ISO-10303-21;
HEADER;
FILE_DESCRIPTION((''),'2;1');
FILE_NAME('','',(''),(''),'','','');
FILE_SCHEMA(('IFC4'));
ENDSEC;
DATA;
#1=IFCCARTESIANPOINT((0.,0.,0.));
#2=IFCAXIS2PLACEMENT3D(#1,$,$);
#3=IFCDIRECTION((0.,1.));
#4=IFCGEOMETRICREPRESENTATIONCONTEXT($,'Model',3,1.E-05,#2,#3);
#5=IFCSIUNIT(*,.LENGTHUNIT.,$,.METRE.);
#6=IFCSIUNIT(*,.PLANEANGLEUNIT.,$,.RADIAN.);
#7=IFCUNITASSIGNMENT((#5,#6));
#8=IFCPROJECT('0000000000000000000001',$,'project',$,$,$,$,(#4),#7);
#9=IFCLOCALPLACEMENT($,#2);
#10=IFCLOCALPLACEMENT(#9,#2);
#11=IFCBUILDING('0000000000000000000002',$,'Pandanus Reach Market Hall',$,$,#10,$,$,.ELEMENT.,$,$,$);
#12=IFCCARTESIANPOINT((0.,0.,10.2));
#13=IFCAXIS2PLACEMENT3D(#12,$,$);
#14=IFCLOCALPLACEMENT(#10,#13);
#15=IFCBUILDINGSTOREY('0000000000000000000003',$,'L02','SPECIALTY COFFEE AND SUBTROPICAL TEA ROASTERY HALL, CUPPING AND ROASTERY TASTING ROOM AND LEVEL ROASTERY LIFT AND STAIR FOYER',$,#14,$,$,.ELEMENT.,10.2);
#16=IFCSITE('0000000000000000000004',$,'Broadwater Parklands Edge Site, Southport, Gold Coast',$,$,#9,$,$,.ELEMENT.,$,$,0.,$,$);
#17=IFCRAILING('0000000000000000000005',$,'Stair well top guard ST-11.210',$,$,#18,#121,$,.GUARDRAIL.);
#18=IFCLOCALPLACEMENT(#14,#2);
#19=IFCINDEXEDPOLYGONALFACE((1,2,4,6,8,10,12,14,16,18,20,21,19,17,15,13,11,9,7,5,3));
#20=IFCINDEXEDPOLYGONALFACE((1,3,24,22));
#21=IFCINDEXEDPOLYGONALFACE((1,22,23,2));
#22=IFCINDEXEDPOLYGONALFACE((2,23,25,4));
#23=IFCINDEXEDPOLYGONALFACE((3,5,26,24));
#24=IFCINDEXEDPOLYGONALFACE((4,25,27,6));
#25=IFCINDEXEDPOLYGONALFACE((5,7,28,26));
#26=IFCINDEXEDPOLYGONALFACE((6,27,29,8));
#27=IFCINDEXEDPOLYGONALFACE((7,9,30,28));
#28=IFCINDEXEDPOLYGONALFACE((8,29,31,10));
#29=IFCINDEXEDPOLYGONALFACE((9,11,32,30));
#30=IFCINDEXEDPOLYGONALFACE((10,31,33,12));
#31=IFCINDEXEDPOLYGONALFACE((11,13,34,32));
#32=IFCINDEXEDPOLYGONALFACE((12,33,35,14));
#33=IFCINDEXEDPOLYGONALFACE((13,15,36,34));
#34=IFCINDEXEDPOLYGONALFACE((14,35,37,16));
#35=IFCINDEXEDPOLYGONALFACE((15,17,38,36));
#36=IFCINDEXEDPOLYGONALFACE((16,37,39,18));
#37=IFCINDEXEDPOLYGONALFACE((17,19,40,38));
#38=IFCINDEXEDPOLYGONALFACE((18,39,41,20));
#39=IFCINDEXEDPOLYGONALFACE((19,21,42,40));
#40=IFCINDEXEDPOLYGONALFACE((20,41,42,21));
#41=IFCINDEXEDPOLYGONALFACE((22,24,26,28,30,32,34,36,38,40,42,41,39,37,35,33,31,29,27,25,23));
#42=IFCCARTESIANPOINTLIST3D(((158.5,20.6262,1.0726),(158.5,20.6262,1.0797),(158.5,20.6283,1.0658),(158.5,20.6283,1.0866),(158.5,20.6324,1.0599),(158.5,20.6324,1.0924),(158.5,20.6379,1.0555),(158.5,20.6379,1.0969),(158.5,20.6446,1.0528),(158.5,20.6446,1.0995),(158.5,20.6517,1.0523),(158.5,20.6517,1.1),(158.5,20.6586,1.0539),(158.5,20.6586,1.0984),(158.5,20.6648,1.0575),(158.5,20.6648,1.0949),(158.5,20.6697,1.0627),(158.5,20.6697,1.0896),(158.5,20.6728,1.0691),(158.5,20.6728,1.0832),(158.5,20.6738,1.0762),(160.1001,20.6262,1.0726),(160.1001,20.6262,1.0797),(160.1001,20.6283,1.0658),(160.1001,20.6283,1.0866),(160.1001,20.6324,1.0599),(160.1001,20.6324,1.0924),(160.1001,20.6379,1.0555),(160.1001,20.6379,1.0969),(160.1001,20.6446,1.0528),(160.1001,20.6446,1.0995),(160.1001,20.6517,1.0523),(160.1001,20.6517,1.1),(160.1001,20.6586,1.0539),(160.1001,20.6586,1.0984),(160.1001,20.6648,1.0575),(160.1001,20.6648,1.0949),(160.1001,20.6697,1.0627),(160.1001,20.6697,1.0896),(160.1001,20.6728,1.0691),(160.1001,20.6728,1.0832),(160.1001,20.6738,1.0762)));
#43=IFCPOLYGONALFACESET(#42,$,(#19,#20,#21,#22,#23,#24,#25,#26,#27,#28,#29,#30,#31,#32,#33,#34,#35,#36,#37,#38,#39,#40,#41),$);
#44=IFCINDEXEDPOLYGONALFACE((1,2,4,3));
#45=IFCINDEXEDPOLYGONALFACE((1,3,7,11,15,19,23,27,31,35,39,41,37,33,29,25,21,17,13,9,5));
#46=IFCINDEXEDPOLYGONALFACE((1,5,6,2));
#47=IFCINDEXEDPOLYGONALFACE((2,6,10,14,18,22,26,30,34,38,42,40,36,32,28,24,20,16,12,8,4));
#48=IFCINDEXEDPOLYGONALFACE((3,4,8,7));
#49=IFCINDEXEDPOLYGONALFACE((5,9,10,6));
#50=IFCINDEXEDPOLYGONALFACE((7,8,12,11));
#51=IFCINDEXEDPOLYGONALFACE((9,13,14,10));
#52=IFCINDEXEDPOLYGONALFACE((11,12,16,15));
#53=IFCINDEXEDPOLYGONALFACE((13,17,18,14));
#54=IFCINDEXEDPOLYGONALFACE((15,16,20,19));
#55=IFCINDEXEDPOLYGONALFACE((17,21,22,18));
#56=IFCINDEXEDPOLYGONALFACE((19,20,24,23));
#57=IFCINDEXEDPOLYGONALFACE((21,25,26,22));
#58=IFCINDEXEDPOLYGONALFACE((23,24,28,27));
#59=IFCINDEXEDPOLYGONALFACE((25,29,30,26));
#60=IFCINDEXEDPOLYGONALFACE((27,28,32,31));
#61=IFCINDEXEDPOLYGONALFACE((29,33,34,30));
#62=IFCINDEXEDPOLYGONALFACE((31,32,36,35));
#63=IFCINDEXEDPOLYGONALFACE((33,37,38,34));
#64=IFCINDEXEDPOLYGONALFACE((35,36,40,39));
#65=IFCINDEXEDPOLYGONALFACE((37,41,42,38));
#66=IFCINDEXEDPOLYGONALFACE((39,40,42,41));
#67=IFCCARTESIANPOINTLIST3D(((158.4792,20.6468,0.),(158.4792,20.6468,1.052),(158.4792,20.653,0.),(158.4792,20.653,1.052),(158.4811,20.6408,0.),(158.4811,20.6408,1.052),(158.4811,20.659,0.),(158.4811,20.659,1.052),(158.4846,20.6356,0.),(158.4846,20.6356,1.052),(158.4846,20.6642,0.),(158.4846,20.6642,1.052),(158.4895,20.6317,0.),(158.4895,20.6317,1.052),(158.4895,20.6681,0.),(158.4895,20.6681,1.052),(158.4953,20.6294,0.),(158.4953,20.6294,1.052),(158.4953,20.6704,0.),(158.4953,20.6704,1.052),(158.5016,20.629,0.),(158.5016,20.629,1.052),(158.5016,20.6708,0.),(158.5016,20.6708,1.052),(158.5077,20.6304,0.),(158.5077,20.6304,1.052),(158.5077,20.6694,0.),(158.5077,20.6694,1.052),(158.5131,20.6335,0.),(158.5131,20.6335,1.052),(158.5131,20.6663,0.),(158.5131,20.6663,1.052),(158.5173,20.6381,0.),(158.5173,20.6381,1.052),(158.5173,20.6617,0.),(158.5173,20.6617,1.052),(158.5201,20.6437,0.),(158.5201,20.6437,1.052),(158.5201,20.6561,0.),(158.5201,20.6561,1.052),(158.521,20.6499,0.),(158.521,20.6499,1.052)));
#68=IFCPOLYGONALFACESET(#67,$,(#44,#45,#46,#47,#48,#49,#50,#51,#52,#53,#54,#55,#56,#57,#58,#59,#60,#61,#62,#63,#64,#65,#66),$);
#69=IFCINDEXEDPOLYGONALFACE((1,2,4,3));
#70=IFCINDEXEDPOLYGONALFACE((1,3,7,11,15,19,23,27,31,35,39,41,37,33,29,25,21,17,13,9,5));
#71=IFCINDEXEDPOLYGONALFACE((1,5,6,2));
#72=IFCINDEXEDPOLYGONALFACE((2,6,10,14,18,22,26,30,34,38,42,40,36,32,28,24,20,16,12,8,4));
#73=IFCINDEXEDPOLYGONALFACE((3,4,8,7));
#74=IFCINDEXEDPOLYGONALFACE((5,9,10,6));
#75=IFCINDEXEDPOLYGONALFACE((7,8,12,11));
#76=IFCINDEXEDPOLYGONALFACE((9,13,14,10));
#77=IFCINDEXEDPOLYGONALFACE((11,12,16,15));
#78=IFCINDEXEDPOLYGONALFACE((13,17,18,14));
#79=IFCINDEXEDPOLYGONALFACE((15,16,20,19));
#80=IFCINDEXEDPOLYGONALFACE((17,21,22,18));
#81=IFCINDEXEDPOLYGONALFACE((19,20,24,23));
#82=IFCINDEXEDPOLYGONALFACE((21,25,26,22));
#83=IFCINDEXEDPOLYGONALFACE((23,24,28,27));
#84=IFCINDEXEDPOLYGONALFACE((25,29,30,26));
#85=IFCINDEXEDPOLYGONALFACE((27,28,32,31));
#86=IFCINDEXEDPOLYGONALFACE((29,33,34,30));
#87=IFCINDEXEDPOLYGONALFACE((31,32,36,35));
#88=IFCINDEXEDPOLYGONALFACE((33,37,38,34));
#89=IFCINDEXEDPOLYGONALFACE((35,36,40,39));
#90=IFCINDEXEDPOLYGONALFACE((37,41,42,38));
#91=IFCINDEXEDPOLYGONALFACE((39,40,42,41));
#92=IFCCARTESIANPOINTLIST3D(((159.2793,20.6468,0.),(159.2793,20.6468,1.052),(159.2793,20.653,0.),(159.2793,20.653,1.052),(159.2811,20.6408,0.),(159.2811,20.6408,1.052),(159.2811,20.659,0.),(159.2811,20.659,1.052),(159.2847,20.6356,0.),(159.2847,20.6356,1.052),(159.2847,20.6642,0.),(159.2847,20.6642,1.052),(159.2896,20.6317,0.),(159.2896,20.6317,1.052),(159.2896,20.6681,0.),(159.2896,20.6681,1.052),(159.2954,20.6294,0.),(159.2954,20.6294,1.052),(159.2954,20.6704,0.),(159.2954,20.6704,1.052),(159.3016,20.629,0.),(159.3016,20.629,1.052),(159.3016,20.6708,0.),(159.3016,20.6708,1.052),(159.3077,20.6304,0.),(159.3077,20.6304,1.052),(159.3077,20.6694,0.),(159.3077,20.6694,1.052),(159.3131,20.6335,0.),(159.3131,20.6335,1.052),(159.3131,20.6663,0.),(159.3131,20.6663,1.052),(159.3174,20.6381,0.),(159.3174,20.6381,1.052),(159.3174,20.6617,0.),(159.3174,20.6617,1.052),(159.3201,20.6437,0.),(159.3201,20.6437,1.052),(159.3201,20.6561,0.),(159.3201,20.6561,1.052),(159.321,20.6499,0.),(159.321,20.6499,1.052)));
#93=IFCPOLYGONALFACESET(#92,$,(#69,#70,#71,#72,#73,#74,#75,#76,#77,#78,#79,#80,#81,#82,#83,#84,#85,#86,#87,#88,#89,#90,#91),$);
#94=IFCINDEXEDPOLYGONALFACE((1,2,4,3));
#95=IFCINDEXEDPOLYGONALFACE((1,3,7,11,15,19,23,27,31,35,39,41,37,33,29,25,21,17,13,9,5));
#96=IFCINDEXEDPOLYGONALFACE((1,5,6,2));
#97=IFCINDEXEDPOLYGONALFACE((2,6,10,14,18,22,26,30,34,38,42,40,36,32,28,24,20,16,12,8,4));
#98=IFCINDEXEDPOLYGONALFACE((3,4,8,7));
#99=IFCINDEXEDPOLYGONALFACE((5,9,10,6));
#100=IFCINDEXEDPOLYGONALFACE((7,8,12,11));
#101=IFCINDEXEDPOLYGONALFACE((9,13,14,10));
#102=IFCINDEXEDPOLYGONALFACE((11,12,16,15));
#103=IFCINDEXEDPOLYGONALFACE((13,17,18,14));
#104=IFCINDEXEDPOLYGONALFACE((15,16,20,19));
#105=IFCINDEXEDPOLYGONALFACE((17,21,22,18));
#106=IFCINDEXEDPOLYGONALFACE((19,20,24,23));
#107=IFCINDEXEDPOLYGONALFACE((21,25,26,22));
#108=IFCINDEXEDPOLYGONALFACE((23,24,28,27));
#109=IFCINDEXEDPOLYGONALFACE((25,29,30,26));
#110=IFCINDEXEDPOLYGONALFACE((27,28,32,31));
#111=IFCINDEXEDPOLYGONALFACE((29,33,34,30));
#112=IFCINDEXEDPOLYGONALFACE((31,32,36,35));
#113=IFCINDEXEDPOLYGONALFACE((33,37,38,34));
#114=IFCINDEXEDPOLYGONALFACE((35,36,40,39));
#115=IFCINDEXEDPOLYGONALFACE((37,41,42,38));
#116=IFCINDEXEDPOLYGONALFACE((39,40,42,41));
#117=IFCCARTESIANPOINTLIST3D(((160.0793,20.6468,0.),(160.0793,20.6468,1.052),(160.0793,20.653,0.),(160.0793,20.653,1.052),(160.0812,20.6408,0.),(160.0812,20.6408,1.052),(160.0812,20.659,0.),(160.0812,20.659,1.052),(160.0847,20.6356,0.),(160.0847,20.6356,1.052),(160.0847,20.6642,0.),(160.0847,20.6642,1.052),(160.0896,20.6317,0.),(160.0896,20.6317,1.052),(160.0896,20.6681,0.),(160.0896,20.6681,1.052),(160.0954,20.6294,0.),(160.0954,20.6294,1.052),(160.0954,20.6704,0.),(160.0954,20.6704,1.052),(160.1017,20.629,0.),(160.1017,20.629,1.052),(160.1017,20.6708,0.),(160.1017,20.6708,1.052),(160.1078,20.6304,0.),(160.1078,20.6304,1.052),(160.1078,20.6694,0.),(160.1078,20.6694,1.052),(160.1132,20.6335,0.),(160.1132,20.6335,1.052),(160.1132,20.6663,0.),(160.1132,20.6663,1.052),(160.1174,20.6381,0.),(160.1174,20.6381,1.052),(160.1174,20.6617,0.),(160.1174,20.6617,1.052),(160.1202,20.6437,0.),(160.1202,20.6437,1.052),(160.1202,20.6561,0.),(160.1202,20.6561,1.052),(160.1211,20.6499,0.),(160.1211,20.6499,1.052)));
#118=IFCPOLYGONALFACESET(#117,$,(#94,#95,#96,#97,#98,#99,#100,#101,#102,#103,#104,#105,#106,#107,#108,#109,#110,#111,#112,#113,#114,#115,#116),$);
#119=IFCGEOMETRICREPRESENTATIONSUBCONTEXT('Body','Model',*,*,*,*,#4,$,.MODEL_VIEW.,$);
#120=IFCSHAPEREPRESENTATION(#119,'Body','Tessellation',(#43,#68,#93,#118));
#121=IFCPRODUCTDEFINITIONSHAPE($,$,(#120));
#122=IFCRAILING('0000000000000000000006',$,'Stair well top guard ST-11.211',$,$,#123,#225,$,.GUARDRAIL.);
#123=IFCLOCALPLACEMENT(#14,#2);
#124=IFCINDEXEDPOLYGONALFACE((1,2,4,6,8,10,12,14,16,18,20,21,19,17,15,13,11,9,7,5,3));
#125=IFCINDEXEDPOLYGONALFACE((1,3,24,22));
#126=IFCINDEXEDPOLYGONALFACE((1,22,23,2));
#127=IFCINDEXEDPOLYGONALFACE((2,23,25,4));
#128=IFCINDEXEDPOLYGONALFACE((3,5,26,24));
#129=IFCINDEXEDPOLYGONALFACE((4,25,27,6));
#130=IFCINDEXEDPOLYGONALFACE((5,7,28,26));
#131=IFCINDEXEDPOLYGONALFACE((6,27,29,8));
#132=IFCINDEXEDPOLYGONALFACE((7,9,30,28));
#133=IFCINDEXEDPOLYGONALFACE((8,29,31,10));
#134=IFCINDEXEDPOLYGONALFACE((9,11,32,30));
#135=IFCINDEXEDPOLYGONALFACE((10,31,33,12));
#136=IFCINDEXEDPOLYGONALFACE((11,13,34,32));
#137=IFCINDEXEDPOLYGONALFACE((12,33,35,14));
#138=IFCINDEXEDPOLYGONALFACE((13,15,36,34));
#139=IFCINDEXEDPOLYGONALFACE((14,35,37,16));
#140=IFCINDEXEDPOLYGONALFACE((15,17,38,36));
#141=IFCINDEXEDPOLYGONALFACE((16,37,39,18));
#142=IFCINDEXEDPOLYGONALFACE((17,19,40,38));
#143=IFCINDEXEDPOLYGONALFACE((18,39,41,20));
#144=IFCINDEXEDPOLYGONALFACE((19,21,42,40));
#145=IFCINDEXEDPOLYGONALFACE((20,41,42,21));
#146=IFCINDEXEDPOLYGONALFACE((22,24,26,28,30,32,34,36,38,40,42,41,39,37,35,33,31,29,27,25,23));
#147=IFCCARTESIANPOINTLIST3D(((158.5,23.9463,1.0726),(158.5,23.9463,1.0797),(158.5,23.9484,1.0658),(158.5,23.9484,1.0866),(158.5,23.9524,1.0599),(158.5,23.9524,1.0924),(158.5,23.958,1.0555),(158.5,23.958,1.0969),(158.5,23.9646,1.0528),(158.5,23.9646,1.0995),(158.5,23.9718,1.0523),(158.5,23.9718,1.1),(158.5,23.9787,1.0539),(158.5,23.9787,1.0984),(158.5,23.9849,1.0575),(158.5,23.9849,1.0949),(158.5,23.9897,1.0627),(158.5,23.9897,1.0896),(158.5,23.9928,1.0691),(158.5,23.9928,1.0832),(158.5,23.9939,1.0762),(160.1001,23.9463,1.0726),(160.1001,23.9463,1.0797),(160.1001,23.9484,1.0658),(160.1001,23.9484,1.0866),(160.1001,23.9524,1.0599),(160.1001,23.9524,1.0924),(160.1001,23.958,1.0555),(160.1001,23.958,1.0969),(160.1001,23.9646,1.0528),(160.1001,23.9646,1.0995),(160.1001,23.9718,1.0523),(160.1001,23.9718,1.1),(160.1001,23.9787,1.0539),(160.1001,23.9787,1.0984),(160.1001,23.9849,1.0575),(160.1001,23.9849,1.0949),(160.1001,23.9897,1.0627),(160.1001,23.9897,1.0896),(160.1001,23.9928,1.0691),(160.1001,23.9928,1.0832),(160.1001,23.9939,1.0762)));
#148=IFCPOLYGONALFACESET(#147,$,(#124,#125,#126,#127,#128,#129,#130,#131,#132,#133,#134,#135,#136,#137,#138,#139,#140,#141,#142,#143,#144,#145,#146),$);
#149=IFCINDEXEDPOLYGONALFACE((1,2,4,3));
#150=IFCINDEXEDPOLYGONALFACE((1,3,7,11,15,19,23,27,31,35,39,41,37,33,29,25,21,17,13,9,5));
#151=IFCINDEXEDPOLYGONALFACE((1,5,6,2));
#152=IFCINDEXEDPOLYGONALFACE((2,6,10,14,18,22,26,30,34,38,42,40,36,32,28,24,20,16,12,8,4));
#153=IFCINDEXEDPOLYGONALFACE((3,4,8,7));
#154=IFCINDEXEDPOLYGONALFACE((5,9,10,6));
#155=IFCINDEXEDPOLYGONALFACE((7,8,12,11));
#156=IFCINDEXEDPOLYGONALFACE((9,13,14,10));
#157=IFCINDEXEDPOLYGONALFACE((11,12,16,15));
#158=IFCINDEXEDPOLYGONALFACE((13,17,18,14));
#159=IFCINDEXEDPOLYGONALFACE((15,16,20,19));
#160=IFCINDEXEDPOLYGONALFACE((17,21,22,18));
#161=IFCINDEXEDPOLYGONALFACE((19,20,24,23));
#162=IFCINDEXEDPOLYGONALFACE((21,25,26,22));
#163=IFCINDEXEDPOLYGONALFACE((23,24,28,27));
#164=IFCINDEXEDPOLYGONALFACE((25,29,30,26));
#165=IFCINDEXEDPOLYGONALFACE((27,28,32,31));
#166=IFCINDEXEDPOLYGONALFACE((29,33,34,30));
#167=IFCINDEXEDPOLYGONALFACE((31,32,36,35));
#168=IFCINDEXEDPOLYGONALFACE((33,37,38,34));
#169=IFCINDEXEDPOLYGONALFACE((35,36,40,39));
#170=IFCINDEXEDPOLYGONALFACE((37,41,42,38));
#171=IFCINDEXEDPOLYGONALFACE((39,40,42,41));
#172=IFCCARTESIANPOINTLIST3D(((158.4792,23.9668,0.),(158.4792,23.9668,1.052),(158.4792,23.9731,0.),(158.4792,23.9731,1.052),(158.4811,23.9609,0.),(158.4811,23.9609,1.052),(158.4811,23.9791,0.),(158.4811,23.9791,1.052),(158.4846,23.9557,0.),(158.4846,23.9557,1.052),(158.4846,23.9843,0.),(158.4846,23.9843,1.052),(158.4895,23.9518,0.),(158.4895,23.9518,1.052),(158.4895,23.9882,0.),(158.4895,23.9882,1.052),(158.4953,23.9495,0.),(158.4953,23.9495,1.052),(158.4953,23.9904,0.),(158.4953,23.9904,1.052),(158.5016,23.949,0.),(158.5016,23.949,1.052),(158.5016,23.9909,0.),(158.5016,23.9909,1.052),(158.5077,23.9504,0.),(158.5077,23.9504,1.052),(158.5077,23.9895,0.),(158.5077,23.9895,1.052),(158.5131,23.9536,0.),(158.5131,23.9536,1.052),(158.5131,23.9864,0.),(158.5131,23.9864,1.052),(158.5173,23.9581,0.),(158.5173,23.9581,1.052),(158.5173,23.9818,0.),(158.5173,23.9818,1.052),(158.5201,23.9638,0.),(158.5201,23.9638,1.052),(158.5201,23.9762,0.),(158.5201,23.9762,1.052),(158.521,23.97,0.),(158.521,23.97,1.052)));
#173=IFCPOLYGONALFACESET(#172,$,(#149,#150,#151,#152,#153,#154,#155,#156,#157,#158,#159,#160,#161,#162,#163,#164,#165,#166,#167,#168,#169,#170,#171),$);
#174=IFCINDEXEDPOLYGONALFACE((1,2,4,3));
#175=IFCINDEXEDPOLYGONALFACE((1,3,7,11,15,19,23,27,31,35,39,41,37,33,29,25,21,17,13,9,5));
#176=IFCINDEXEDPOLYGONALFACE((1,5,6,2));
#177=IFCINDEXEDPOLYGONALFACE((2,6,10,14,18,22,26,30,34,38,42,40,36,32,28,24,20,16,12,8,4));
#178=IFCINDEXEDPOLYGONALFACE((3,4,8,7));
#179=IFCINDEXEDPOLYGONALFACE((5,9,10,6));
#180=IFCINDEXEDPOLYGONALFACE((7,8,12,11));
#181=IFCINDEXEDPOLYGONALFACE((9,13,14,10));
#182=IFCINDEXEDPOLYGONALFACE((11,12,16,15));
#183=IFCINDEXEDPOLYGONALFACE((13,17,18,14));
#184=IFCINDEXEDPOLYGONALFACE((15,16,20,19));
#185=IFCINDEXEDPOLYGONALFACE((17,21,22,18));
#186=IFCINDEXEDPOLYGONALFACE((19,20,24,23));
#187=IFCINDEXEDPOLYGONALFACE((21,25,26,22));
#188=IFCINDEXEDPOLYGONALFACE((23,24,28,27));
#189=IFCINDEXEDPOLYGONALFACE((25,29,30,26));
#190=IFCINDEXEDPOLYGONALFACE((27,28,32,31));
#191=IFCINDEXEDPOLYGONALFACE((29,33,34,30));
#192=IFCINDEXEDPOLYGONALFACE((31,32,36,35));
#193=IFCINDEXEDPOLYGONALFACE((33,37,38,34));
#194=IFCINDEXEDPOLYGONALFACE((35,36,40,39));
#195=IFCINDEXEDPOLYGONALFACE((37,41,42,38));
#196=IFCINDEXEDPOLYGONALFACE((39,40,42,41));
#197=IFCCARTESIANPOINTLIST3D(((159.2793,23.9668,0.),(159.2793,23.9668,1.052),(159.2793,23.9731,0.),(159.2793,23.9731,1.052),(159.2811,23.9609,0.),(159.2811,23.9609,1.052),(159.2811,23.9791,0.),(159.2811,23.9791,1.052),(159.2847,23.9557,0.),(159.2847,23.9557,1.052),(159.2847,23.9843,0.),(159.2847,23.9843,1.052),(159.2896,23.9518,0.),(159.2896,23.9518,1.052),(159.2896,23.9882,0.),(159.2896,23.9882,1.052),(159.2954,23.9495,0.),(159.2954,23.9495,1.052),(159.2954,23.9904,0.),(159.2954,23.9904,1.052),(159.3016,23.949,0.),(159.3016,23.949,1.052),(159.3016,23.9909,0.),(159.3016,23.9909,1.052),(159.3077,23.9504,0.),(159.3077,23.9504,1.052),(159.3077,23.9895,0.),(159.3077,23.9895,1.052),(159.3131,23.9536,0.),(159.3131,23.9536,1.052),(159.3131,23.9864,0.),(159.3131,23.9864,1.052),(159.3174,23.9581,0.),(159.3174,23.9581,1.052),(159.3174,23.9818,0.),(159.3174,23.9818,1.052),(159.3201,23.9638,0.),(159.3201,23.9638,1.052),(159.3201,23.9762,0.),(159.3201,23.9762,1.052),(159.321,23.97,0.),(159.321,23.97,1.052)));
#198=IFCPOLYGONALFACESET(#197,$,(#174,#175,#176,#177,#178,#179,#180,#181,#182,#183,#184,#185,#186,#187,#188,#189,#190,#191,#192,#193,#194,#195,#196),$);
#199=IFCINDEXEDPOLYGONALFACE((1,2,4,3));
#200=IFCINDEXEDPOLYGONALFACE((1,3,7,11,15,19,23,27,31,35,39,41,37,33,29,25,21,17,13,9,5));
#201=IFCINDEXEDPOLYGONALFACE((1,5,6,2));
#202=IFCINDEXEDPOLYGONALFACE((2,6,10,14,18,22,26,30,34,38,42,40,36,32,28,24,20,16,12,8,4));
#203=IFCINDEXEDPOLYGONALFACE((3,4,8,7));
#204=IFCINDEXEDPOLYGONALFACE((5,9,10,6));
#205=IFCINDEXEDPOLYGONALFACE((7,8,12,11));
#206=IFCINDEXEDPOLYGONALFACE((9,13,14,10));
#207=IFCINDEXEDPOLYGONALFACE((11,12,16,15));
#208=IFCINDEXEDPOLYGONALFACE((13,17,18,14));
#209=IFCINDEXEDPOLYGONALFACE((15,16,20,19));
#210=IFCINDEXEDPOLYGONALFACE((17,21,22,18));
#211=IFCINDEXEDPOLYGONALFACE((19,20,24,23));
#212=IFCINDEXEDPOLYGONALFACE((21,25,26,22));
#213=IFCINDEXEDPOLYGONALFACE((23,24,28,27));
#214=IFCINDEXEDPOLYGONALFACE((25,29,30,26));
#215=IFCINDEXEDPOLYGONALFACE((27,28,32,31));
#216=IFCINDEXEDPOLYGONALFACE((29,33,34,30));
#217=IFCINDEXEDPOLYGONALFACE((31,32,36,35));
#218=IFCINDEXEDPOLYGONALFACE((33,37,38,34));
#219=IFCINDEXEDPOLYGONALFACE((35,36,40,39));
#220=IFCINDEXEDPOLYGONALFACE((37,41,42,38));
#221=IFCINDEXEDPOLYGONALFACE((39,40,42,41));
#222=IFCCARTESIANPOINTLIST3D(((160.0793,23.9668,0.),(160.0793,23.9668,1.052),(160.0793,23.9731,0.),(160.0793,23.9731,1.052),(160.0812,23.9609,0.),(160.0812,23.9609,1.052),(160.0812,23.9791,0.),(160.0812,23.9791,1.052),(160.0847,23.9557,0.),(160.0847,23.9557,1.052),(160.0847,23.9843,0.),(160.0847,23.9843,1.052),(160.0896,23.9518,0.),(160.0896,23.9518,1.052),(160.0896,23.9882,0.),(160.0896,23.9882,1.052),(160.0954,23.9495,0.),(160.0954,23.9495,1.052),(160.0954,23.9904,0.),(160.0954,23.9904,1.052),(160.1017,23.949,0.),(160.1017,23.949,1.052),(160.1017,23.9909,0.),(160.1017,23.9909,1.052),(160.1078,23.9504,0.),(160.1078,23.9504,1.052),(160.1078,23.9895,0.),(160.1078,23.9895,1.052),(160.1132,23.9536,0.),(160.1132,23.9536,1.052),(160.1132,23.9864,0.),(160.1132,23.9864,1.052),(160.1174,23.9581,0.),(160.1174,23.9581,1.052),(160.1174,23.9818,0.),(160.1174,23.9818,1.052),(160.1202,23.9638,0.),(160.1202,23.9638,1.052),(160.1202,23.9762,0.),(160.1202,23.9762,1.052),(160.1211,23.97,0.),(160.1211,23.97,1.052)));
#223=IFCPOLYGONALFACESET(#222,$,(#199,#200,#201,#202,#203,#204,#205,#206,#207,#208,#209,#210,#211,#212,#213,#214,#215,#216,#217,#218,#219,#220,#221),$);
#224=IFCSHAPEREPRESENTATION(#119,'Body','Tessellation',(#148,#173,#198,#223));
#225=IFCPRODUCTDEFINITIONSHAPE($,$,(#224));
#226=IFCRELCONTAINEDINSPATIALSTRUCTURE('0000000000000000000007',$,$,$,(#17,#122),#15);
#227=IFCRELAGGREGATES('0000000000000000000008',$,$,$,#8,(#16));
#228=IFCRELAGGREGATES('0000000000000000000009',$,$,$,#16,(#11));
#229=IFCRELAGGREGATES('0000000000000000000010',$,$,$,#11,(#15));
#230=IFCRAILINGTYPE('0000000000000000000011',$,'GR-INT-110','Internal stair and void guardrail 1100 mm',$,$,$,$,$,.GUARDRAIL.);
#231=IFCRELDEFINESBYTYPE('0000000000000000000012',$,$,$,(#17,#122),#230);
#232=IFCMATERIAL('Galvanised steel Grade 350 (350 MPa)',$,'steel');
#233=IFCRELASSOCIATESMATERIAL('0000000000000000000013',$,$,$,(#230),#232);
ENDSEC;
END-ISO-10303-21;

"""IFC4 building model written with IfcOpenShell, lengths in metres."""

from ifc_helpers import new_model, si_unit, direction, frame, origin, origin_2d, place, context, subcontext, project, spatial, circle, extrude, material, type_object, element, save


model = new_model("IFC4")

# Units and contexts
model_context = context("Model", 3, precision=1e-05, world=origin(), true_north=direction((0.0, 1.0)))
body_context = subcontext(model_context, "Body", "Model", "MODEL_VIEW")
ifc_project = project(units=[si_unit("LENGTHUNIT", "METRE"), si_unit("PLANEANGLEUNIT", "RADIAN")], contexts=[model_context])

# Site, building, storey
site_placement = place(None, origin())
site = spatial("IfcSite", under=ifc_project, at=site_placement, Name="Broadwater Parklands Edge Site, Southport, Gold Coast", CompositionType="ELEMENT", RefElevation=0.0)
building_placement = place(site_placement, origin())
building = spatial("IfcBuilding", under=site, at=building_placement, Name="Pandanus Reach Market Hall", CompositionType="ELEMENT")
storey_placement = place(building_placement, frame((0.0, 0.0, 10.2)))
storey = spatial("IfcBuildingStorey", under=building, at=storey_placement, Name="L02", Description="SPECIALTY COFFEE AND SUBTROPICAL TEA ROASTERY HALL, CUPPING AND ROASTERY TASTING ROOM AND LEVEL ROASTERY LIFT AND STAIR FOYER", CompositionType="ELEMENT", Elevation=10.2)

# Railings
ifc_material_1 = material(Name="Galvanised steel Grade 350 (350 MPa)", Category="steel")
railing_type = type_object("IfcRailingType", Name="GR-INT-110", Description="Internal stair and void guardrail 1100 mm", PredefinedType="GUARDRAIL", material=ifc_material_1)
for number, where, name in (
    (1, (158.5, 20.6499, 0.0), "Stair well top guard ST-11.210"),
    (2, (158.5, 23.97, 0.0), "Stair well top guard ST-11.211"),
):
    element("IfcRailing", number, at=place(storey_placement, frame(where)), inside=storey, type_object=railing_type, Name=name, PredefinedType="GUARDRAIL", context=body_context, shape_type="SweptSolid", body=[
        extrude(circle(Radius=0.0239, at=origin_2d()), frame((0.0, 0.0, 1.0762), z_axis=(1.0, 0.0, 0.0), x_axis=(0.0, 1.0, 0.0)), (0.0, 0.0, 1.0), 1.6001),
        extrude(circle(Radius=0.021, at=origin_2d()), origin(), (0.0, 0.0, 1.0), 1.052),
        extrude(circle(Radius=0.021, at=origin_2d()), frame((0.8, 0.0, 0.0)), (0.0, 0.0, 1.0), 1.052),
        extrude(circle(Radius=0.021, at=origin_2d()), frame((1.6001, 0.0, 0.0)), (0.0, 0.0, 1.0), 1.052),
    ])

save(model, "model.ifc")
